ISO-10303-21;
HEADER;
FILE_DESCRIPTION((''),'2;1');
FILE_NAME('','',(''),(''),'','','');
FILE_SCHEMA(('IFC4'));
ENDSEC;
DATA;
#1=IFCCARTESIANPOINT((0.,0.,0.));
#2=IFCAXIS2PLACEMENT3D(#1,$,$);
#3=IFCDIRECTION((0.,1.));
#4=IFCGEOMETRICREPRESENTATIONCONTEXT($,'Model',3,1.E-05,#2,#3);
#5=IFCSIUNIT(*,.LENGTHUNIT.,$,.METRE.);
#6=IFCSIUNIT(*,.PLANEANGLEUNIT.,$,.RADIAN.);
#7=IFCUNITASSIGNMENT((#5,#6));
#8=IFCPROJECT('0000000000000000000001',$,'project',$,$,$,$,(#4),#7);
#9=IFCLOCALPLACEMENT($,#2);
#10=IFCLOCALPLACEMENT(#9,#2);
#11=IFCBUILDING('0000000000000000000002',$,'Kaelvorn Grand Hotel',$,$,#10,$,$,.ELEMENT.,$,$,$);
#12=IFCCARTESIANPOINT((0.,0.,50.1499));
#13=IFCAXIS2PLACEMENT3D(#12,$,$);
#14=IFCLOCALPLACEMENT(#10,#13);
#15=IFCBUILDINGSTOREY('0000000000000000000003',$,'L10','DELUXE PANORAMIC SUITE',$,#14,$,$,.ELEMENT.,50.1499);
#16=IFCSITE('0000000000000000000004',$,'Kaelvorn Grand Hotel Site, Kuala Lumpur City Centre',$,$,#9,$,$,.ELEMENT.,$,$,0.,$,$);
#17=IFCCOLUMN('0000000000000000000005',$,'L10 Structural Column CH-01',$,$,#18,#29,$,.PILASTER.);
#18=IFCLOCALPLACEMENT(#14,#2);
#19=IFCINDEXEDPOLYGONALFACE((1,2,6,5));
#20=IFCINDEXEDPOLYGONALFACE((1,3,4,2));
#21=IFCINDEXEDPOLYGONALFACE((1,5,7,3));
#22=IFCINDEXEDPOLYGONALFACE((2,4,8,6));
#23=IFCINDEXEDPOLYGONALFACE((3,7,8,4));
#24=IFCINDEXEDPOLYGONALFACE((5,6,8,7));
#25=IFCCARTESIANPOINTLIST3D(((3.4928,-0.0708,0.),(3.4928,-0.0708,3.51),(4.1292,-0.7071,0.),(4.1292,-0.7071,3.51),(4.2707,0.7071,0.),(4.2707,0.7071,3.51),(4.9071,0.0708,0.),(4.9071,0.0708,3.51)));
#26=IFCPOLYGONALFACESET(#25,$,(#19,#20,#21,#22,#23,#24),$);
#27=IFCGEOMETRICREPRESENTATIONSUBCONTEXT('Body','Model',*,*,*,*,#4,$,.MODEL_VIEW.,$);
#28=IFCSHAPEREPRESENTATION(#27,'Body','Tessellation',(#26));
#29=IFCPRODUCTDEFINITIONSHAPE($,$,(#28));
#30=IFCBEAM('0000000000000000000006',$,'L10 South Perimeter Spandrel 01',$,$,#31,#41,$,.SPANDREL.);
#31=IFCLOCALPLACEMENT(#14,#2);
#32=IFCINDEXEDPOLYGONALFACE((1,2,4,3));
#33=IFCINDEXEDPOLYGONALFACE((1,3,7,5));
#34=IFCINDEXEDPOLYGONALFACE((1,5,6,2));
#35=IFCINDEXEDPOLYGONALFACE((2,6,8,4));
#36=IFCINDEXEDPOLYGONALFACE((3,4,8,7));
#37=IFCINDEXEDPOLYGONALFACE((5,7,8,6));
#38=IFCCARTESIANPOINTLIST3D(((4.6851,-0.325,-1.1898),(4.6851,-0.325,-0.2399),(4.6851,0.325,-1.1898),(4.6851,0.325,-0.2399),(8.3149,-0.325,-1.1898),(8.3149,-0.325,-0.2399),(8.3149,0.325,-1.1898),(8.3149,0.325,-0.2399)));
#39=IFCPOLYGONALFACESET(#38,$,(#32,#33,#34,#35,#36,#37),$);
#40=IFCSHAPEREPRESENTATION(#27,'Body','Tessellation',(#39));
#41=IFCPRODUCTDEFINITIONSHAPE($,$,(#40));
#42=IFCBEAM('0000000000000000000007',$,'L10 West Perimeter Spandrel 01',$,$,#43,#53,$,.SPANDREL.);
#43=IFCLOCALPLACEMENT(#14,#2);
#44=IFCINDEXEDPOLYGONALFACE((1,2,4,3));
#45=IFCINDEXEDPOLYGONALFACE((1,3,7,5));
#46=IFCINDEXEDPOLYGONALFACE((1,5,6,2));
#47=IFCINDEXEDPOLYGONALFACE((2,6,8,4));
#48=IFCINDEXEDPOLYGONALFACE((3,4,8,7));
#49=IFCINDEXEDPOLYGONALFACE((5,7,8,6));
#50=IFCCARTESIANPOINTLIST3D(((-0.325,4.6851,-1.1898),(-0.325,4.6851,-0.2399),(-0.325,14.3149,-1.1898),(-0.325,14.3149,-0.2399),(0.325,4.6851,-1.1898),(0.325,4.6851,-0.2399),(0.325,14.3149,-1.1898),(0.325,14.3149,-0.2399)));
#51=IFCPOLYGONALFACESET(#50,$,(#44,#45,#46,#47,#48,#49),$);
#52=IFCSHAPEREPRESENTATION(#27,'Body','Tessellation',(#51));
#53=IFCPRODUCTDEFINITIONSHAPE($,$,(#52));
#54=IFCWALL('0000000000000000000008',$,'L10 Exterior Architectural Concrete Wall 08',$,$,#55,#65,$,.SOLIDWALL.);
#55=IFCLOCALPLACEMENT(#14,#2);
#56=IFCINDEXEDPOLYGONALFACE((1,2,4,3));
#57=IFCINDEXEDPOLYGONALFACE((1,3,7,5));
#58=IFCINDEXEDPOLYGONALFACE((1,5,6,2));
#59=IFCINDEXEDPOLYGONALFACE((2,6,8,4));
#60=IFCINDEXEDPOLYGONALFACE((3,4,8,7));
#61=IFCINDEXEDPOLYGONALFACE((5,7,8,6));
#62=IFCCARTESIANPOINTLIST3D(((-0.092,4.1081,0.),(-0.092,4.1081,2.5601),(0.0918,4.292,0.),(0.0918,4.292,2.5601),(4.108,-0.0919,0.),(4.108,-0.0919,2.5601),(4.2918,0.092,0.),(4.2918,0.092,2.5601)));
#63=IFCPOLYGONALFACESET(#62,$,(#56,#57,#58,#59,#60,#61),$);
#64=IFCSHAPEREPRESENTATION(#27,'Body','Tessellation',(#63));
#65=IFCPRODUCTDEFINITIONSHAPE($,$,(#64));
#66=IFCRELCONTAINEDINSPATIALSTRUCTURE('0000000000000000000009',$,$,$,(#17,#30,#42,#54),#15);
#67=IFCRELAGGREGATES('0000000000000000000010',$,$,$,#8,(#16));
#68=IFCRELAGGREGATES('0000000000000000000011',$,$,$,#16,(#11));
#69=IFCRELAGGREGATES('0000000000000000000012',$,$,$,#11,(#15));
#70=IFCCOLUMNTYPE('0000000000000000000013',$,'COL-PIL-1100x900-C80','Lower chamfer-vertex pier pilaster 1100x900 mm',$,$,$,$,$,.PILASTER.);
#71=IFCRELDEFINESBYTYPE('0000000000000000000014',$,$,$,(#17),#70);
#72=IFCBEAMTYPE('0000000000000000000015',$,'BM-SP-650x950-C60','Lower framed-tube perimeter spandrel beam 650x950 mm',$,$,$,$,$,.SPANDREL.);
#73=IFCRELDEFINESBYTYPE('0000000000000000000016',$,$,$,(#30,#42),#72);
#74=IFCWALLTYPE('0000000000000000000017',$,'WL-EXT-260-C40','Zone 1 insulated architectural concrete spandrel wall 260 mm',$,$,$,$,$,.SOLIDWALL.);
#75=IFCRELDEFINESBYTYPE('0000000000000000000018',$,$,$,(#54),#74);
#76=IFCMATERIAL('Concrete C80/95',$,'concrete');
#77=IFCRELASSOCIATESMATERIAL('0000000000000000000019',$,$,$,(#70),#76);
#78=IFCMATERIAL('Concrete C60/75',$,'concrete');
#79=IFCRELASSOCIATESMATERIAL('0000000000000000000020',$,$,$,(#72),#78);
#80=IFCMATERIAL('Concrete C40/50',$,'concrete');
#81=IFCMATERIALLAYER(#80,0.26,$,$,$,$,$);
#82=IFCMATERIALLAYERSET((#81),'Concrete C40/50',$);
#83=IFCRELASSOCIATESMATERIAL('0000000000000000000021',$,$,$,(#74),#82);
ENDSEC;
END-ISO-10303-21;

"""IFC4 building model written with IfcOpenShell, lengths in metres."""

from ifc_helpers import new_model, si_unit, direction, frame, frame_2d, origin, origin_2d, place, context, subcontext, project, spatial, rectangle, extrude, material, layer, layer_set, material_profile, profile_set, type_object, element, save


model = new_model("IFC4")

# Units and contexts
model_context = context("Model", 3, precision=1e-05, world=origin(), true_north=direction((0.0, 1.0)))
body_context = subcontext(model_context, "Body", "Model", "MODEL_VIEW")
ifc_project = project(units=[si_unit("LENGTHUNIT", "METRE"), si_unit("PLANEANGLEUNIT", "RADIAN")], contexts=[model_context])

# Site, building, storey
site_placement = place(None, origin())
site = spatial("IfcSite", under=ifc_project, at=site_placement, Name="Kaelvorn Grand Hotel Site, Kuala Lumpur City Centre", CompositionType="ELEMENT", RefElevation=0.0)
building_placement = place(site_placement, origin())
building = spatial("IfcBuilding", under=site, at=building_placement, Name="Kaelvorn Grand Hotel", CompositionType="ELEMENT")
storey_placement = place(building_placement, frame((0.0, 0.0, 50.1499)))
storey = spatial("IfcBuildingStorey", under=building, at=storey_placement, Name="L10", Description="DELUXE PANORAMIC SUITE", CompositionType="ELEMENT", Elevation=50.1499)

# Column
ifc_material_1 = material(Name="Concrete C80/95", Category="concrete")
ifc_material_profile_1 = material_profile(ifc_material_1, rectangle(XDim=1.1001, YDim=0.8999, at=origin_2d()), Name="RC PILASTER 1100x900")
ifc_profile_set_1 = profile_set([ifc_material_profile_1], Name="Concrete C80/95")
column_type = type_object("IfcColumnType", Name="COL-PIL-1100x900-C80", Description="Lower chamfer-vertex pier pilaster 1100x900 mm", PredefinedType="PILASTER", material=ifc_profile_set_1)
column_placement = place(storey_placement, frame((4.2, 0.0, 0.0), z_axis=(0.0, 0.0, 1.0), x_axis=(0.707107, 0.707107, 0.0)))
element("IfcColumn", 1, at=column_placement, inside=storey, type_object=column_type, Name="L10 Structural Column CH-01", PredefinedType="PILASTER", context=body_context, shape_type="SweptSolid", body=[
    extrude(rectangle(XDim=1.1001, YDim=0.8999, at=origin_2d()), origin(), (0.0, 0.0, 1.0), 3.51),
])

# Beams
ifc_material_2 = material(Name="Concrete C60/75", Category="concrete")
ifc_material_profile_2 = material_profile(ifc_material_2, rectangle(XDim=0.6499, YDim=0.95, at=origin_2d()), Name="RC SPANDREL 650x950")
ifc_profile_set_2 = profile_set([ifc_material_profile_2], Name="Concrete C60/75")
beam_type = type_object("IfcBeamType", Name="BM-SP-650x950-C60", Description="Lower framed-tube perimeter spandrel beam 650x950 mm", PredefinedType="SPANDREL", material=ifc_profile_set_2)
beam_1_placement = place(storey_placement, frame((4.6851, 0.0, -0.7148), z_axis=(1.0, 0.0, 0.0), x_axis=(0.0, 1.0, 0.0)))
element("IfcBeam", 2, at=beam_1_placement, inside=storey, type_object=beam_type, Name="L10 South Perimeter Spandrel 01", PredefinedType="SPANDREL", context=body_context, shape_type="SweptSolid", body=[
    extrude(rectangle(XDim=0.6499, YDim=0.95, at=origin_2d()), origin(), (0.0, 0.0, 1.0), 3.6299),
])
beam_2_placement = place(storey_placement, frame((0.0, 4.6851, -0.7148), z_axis=(0.0, 1.0, 0.0), x_axis=(-1.0, 0.0, 0.0)))
element("IfcBeam", 3, at=beam_2_placement, inside=storey, type_object=beam_type, Name="L10 West Perimeter Spandrel 01", PredefinedType="SPANDREL", context=body_context, shape_type="SweptSolid", body=[
    extrude(rectangle(XDim=0.6499, YDim=0.95, at=origin_2d()), origin(), (0.0, 0.0, 1.0), 9.6299),
])

# Shared definitions
ifc_material_3 = material(Name="Concrete C40/50", Category="concrete")
ifc_layer = layer(ifc_material_3, 0.26)
ifc_layer_set = layer_set([ifc_layer], Name="Concrete C40/50")
wall_type = type_object("IfcWallType", Name="WL-EXT-260-C40", Description="Zone 1 insulated architectural concrete spandrel wall 260 mm", PredefinedType="SOLIDWALL", material=ifc_layer_set)

# Wall
wall_1_placement = place(storey_placement, frame((0.0, 4.2, 0.0), z_axis=(0.0, 0.0, 1.0), x_axis=(0.707107, -0.707107, 0.0)))
element("IfcWall", 4, at=wall_1_placement, inside=storey, type_object=wall_type, Name="L10 Exterior Architectural Concrete Wall 08", PredefinedType="SOLIDWALL", context=body_context, shape_type="SweptSolid", body=[
    extrude(rectangle(XDim=5.9397, YDim=0.26, at=frame_2d((2.9697, 0.0))), origin(), (0.0, 0.0, 1.0), 2.5601),
])

save(model, "model.ifc")
